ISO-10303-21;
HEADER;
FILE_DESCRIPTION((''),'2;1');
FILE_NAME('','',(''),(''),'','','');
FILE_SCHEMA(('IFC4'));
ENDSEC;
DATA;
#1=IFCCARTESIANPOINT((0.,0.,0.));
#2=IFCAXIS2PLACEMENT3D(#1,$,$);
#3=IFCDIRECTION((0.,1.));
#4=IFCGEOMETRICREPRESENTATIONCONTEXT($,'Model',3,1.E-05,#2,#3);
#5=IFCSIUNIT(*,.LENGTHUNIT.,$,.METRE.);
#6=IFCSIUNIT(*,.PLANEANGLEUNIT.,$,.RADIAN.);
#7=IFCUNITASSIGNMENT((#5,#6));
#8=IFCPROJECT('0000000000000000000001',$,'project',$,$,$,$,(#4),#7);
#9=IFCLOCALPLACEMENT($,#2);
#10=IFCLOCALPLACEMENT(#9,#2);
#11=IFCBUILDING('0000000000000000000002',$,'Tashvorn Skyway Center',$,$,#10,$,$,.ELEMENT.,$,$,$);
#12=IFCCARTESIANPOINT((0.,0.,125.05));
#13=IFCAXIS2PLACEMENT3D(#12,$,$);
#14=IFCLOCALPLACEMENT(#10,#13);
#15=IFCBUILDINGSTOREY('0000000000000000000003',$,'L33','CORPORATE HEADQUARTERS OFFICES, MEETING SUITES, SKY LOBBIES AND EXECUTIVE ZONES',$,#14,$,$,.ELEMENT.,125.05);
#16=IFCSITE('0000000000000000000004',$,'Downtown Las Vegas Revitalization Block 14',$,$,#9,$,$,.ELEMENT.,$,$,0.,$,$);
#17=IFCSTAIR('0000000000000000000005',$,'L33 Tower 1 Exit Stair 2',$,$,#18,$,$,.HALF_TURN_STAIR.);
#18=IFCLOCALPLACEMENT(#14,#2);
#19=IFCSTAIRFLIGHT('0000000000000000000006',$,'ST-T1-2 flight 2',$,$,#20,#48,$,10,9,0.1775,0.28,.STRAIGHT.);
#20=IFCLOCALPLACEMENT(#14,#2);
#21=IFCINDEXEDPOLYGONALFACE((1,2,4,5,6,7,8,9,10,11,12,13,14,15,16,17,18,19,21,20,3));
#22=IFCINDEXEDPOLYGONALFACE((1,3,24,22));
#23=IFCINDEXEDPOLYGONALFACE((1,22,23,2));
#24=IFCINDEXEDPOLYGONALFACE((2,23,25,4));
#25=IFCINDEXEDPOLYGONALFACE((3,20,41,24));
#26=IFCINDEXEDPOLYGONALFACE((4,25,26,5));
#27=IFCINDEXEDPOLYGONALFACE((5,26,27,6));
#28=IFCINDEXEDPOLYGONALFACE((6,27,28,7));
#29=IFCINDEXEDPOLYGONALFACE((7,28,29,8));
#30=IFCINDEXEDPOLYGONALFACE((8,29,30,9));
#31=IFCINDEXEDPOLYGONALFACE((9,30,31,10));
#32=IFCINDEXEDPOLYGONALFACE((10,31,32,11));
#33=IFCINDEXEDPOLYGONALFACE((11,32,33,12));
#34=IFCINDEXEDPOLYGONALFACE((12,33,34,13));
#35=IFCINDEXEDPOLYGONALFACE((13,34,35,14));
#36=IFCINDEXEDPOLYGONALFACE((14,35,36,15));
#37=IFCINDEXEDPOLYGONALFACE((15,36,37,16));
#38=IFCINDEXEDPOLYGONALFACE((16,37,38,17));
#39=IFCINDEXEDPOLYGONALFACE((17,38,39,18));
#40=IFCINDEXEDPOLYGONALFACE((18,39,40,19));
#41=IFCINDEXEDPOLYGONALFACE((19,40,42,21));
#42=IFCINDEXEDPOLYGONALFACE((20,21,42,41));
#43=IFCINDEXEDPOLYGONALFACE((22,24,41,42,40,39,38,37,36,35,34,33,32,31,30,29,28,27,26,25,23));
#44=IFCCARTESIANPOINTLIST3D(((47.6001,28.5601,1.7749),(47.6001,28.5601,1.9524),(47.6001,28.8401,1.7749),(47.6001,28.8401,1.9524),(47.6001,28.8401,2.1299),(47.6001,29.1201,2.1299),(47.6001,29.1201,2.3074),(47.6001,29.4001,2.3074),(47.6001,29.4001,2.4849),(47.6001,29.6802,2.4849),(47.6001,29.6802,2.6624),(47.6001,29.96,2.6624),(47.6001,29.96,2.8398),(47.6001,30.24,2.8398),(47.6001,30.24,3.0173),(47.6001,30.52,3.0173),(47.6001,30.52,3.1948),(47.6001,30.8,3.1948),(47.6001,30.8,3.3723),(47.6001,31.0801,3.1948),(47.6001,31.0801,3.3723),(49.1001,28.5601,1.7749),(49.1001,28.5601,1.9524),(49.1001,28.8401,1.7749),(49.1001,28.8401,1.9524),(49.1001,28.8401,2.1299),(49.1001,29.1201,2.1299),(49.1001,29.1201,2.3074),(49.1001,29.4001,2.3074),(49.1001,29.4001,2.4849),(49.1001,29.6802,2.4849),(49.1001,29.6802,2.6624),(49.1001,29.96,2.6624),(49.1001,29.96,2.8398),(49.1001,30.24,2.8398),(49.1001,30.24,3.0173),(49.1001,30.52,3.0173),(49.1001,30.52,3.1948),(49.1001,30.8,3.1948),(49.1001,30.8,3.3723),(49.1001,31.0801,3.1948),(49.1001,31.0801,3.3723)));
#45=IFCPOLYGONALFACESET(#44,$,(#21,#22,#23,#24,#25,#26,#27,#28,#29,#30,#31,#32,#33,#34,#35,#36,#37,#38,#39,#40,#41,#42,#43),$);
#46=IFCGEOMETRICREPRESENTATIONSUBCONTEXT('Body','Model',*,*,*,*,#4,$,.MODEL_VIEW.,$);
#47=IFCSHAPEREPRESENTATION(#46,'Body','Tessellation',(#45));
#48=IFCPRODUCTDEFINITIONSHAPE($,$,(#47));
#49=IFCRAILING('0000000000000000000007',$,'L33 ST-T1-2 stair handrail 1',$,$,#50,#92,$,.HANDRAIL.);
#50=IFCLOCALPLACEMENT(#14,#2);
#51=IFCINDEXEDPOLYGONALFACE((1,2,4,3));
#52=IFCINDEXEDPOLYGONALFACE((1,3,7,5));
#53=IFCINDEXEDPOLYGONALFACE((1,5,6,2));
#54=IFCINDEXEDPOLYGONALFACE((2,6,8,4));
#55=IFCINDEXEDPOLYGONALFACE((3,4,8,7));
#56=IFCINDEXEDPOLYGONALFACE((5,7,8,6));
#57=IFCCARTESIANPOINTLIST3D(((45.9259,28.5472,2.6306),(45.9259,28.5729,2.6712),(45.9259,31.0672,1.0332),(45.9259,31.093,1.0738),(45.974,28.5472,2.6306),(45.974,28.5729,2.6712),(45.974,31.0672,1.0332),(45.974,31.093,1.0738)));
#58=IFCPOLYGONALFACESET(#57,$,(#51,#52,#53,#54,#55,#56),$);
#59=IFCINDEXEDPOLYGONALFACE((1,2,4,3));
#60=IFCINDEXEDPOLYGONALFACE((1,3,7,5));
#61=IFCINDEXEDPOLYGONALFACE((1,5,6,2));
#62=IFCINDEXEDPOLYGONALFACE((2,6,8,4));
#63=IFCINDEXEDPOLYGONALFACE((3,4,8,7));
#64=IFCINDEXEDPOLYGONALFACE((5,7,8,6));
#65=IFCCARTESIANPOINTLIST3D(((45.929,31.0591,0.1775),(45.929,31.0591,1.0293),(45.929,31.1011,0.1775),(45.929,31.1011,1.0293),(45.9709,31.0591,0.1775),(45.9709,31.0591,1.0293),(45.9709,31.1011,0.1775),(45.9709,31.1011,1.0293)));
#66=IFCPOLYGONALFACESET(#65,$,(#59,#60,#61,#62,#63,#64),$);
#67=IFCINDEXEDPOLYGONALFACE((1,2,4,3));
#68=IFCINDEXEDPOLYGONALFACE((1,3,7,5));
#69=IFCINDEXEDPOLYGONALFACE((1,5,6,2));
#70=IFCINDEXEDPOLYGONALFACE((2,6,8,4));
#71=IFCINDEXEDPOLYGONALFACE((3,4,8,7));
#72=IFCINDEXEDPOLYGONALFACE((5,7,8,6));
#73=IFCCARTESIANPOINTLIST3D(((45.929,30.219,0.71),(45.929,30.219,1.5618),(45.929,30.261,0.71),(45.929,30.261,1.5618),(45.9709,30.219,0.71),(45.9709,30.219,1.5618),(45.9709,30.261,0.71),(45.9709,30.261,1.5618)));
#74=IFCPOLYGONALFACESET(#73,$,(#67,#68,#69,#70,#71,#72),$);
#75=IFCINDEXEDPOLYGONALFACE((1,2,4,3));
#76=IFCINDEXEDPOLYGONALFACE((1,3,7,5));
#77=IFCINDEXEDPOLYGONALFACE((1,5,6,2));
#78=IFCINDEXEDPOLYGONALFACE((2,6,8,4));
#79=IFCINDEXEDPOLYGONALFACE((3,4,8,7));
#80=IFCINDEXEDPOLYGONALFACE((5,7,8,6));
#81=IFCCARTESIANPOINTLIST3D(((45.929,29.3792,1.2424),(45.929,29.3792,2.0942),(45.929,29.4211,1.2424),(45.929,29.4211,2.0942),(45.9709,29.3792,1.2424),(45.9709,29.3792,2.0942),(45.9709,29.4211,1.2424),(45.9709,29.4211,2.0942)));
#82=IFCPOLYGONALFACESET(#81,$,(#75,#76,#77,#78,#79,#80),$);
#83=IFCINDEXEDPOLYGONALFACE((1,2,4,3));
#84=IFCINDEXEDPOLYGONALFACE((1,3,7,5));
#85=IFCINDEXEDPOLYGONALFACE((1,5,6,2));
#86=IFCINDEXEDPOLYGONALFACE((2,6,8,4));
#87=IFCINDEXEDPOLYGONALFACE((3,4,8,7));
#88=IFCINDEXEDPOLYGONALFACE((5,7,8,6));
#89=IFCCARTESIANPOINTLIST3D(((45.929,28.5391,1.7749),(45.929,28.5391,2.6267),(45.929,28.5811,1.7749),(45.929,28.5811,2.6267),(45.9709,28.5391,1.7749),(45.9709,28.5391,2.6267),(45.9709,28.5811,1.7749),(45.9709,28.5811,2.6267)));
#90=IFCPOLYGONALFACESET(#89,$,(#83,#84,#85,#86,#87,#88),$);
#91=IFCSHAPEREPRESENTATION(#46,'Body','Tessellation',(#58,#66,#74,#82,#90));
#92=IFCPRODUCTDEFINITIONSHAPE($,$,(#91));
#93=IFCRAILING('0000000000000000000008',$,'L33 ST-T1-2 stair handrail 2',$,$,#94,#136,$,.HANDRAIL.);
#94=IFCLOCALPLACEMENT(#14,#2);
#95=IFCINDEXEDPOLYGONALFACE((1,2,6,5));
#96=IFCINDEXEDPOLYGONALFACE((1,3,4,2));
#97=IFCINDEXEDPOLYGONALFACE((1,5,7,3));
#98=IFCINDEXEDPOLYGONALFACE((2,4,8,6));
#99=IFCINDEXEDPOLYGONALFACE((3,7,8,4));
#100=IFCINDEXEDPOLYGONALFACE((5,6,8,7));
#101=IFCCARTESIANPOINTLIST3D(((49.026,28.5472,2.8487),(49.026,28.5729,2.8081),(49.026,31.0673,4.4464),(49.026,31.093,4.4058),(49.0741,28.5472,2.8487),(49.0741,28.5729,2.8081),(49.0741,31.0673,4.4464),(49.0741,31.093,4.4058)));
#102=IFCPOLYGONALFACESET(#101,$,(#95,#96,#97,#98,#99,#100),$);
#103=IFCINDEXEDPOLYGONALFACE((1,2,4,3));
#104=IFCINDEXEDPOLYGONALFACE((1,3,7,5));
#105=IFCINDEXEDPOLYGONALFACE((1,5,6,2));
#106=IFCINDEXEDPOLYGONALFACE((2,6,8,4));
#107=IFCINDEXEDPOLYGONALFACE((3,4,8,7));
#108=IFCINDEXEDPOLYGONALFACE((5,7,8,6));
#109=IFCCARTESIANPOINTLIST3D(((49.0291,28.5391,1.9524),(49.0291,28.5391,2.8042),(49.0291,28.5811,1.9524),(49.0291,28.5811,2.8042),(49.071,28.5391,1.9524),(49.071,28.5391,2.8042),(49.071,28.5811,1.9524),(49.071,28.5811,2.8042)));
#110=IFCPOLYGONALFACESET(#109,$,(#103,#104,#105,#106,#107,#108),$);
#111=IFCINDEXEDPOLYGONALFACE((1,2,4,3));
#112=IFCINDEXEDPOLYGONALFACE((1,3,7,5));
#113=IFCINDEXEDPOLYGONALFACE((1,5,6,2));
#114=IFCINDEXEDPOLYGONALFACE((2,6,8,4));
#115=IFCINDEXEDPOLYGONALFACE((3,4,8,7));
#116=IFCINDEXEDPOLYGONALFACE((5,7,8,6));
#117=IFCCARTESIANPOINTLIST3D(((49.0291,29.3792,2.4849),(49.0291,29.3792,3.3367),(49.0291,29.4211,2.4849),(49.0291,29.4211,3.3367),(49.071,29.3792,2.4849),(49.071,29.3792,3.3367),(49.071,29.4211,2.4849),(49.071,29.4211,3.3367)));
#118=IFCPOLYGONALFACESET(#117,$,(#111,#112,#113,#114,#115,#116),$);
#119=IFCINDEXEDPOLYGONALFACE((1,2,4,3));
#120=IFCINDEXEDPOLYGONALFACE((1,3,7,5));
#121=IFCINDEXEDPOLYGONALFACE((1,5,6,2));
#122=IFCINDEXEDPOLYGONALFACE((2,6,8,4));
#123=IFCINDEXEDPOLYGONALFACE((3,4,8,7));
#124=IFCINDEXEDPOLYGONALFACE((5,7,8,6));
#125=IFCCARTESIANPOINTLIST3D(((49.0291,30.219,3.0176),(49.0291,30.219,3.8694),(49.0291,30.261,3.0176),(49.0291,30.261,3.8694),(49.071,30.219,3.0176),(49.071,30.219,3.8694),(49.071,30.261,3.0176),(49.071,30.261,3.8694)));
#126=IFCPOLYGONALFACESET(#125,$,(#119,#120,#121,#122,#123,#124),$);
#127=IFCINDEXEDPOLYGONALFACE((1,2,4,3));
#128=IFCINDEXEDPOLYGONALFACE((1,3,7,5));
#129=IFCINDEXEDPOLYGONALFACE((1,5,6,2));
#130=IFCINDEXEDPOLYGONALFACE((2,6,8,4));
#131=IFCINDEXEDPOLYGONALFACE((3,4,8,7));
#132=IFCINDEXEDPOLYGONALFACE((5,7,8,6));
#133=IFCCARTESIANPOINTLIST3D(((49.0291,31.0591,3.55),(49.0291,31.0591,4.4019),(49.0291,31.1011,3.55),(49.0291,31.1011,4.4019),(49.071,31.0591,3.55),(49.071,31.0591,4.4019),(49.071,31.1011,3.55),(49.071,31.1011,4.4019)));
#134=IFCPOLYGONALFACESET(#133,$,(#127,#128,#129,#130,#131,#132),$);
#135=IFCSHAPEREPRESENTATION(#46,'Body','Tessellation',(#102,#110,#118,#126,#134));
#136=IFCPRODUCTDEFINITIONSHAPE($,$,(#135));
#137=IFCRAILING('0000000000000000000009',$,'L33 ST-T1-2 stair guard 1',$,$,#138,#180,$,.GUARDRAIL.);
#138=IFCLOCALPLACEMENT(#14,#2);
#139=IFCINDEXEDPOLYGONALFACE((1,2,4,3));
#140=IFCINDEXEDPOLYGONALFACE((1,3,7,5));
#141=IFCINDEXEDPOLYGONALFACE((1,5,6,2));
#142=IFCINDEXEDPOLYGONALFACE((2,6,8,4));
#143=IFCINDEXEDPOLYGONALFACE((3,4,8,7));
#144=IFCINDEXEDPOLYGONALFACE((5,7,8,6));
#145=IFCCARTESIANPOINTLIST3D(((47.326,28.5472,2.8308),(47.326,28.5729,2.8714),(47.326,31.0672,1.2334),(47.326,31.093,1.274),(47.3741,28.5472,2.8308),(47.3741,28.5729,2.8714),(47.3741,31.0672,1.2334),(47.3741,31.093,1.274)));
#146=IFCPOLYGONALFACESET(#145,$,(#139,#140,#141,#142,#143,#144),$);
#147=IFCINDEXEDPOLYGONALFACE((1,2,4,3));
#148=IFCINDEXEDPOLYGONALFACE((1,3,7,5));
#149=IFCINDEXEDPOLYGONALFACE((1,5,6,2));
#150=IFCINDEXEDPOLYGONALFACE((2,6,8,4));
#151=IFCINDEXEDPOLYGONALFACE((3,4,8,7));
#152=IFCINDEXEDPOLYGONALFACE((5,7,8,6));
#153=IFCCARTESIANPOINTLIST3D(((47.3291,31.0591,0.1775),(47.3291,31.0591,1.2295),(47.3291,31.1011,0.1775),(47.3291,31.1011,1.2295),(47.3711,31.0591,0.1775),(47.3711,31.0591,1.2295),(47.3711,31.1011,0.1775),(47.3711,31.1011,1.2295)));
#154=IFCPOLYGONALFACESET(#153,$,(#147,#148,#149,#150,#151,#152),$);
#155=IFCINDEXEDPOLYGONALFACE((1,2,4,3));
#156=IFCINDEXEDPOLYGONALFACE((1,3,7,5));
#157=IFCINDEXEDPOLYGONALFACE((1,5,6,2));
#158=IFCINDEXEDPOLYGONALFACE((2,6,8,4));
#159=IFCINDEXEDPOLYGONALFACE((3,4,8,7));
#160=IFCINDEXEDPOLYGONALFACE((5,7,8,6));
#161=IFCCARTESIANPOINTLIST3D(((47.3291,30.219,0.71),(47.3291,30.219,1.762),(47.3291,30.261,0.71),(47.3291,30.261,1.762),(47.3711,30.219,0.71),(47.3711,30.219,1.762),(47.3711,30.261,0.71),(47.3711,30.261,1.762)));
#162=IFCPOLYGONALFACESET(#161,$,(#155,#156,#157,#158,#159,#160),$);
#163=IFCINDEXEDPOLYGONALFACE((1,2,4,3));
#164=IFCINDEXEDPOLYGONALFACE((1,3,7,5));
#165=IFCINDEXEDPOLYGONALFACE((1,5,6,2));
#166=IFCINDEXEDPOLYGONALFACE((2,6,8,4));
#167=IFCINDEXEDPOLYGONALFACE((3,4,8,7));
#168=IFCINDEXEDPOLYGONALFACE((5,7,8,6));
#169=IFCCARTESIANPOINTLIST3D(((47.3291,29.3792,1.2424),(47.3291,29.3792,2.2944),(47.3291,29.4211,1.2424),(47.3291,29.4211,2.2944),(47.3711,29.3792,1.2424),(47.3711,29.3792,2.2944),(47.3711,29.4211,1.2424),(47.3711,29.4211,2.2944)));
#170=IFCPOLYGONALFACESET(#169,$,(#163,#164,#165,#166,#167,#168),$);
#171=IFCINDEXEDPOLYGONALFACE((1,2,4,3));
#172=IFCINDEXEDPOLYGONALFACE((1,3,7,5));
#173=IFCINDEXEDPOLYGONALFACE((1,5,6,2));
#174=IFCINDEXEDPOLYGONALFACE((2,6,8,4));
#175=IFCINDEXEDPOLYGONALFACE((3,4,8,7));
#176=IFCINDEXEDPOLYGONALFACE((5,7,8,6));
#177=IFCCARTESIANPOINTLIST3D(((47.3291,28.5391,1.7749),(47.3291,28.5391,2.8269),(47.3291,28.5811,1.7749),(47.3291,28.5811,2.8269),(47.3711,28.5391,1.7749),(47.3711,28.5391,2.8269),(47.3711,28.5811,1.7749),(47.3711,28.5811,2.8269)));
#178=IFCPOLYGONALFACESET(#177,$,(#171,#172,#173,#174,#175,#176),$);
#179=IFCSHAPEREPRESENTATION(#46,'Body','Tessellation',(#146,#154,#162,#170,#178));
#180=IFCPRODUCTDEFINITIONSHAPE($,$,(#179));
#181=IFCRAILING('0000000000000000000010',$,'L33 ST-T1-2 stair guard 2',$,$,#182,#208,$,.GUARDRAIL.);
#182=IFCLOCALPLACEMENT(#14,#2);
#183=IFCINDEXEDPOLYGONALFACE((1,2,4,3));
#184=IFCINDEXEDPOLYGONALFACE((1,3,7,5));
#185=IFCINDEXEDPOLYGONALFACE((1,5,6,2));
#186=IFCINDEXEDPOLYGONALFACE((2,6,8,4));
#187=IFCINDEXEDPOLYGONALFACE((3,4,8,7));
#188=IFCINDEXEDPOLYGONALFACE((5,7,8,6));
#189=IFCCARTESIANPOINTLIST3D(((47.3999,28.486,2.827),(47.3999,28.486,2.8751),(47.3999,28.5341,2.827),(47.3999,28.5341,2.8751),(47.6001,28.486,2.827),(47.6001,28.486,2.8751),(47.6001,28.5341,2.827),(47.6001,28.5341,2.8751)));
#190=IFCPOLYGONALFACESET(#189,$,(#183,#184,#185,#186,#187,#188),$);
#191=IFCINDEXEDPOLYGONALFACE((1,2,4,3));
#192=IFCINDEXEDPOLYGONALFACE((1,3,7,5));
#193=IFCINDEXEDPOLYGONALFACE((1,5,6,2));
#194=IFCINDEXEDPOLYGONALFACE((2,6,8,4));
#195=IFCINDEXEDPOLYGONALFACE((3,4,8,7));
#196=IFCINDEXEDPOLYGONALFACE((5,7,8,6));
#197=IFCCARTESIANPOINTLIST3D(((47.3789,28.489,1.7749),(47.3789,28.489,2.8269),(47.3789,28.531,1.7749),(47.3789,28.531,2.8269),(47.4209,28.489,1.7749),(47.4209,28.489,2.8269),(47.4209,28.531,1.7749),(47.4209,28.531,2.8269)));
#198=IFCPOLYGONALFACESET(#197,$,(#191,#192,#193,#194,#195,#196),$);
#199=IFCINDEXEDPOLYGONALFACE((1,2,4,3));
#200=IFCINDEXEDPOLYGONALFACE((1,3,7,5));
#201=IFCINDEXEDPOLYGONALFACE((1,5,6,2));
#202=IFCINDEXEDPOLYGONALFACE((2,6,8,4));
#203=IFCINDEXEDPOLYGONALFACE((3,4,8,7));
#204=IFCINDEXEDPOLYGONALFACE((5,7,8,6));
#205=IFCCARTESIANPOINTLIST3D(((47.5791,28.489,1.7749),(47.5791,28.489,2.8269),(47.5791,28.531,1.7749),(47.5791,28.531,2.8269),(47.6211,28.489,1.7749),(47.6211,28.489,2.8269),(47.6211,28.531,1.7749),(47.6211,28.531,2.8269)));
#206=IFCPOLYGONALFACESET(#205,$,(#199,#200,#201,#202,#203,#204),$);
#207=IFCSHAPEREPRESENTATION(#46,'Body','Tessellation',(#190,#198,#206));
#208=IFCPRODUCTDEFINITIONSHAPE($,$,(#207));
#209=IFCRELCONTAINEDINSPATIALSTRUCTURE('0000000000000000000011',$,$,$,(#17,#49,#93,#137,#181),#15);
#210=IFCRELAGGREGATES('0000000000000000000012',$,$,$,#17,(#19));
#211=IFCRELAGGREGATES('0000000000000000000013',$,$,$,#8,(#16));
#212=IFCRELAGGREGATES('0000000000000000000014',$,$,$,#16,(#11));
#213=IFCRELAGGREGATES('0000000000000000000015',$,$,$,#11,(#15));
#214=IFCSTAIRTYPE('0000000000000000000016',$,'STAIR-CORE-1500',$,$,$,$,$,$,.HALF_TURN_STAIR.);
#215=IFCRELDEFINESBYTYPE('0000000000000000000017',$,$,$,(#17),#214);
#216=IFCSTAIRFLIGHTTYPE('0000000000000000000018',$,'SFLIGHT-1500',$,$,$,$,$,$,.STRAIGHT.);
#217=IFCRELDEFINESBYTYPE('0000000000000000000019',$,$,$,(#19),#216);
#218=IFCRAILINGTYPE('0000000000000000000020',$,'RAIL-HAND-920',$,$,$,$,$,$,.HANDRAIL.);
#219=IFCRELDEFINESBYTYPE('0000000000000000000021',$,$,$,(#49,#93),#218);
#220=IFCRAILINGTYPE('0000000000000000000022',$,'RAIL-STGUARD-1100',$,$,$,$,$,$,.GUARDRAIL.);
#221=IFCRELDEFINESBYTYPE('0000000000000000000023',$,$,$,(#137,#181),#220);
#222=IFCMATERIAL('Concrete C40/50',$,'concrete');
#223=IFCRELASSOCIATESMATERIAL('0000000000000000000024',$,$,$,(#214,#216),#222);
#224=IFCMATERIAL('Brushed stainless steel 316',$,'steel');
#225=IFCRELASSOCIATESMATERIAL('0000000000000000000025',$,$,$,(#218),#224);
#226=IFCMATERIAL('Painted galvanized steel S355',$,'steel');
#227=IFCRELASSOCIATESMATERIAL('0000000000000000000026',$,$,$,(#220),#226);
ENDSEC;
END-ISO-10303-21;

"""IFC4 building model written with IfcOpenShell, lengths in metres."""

from ifc_helpers import new_model, si_unit, direction, frame, origin, origin_2d, place, context, subcontext, project, spatial, polyline, rectangle, outline, extrude, material, type_object, element, aggregate, save


model = new_model("IFC4")

# Units and contexts
model_context = context("Model", 3, precision=1e-05, world=origin(), true_north=direction((0.0, 1.0)))
body_context = subcontext(model_context, "Body", "Model", "MODEL_VIEW")
ifc_project = project(units=[si_unit("LENGTHUNIT", "METRE"), si_unit("PLANEANGLEUNIT", "RADIAN")], contexts=[model_context])

# Site, building, storey
site_placement = place(None, origin())
site = spatial("IfcSite", under=ifc_project, at=site_placement, Name="Downtown Las Vegas Revitalization Block 14", CompositionType="ELEMENT", RefElevation=0.0)
building_placement = place(site_placement, origin())
building = spatial("IfcBuilding", under=site, at=building_placement, Name="Tashvorn Skyway Center", CompositionType="ELEMENT")
storey_placement = place(building_placement, frame((0.0, 0.0, 125.05)))
storey = spatial("IfcBuildingStorey", under=building, at=storey_placement, Name="L33", Description="CORPORATE HEADQUARTERS OFFICES, MEETING SUITES, SKY LOBBIES AND EXECUTIVE ZONES", CompositionType="ELEMENT", Elevation=125.05)

# Shared definitions
ifc_material_1 = material(Name="Concrete C40/50", Category="concrete")

# Stair, stair flight
stair_type = type_object("IfcStairType", Name="STAIR-CORE-1500", PredefinedType="HALF_TURN_STAIR", material=ifc_material_1)
stair_placement = place(storey_placement, origin())
stair = element("IfcStair", 1, at=stair_placement, inside=storey, type_object=stair_type, Name="L33 Tower 1 Exit Stair 2", PredefinedType="HALF_TURN_STAIR")
stair_flight_type = type_object("IfcStairFlightType", Name="SFLIGHT-1500", PredefinedType="STRAIGHT", material=ifc_material_1)
stair_flight_1_placement = place(storey_placement, frame((48.3501, 28.5601, 1.7749), z_axis=(0.0, 0.0, 1.0), x_axis=(0.0, 1.0, 0.0)))
stair_flight_1 = element("IfcStairFlight", 2, at=stair_flight_1_placement, type_object=stair_flight_type, Name="ST-T1-2 flight 2", NumberOfRisers=10, NumberOfTreads=9, PredefinedType="STRAIGHT", RiserHeight=0.1775, TreadLength=0.28, context=body_context, shape_type="SweptSolid", body=[
    extrude(outline(polyline([(0.0, 0.0), (0.0, 0.1775), (0.28, 0.1775), (0.28, 0.355), (0.5601, 0.355), (0.5601, 0.5325), (0.8401, 0.5325), (0.8401, 0.71), (1.1201, 0.71), (1.1201, 0.8875), (1.3999, 0.8875), (1.3999, 1.0649), (1.6799, 1.0649), (1.6799, 1.2424), (1.96, 1.2424), (1.96, 1.4199), (2.24, 1.4199), (2.24, 1.5974), (2.52, 1.5974), (2.52, 1.7749), (2.52, 1.4199), (0.28, 0.0), (0.0, 0.0)])), frame((0.0, 0.75, 0.0), z_axis=(0.0, -1.0, 0.0), x_axis=(1.0, 0.0, 0.0)), (0.0, 0.0, 1.0), 1.5),
])
aggregate(stair, [stair_flight_1])

# Railings
ifc_material_2 = material(Name="Brushed stainless steel 316", Category="steel")
railing_type_1 = type_object("IfcRailingType", Name="RAIL-HAND-920", PredefinedType="HANDRAIL", material=ifc_material_2)
railing_1_placement = place(storey_placement, frame((45.95, 31.0801, 0.1775)))
element("IfcRailing", 3, at=railing_1_placement, inside=storey, type_object=railing_type_1, Name="L33 ST-T1-2 stair handrail 1", PredefinedType="HANDRAIL", context=body_context, shape_type="SweptSolid", body=[
    extrude(rectangle(XDim=0.0481, YDim=0.0481, at=origin_2d()), frame((0.0, 0.0, 0.876), z_axis=(0.0, -0.844607, 0.535387), x_axis=(1.0, 0.0, 0.0)), (0.0, 0.0, 1.0), 2.9836),
    extrude(rectangle(XDim=0.042, YDim=0.042, at=origin_2d()), origin(), (0.0, 0.0, 1.0), 0.8518),
    extrude(rectangle(XDim=0.042, YDim=0.042, at=origin_2d()), frame((0.0, -0.8401, 0.5325)), (0.0, 0.0, 1.0), 0.8518),
    extrude(rectangle(XDim=0.042, YDim=0.042, at=origin_2d()), frame((0.0, -1.6799, 1.0649)), (0.0, 0.0, 1.0), 0.8518),
    extrude(rectangle(XDim=0.042, YDim=0.042, at=origin_2d()), frame((0.0, -2.52, 1.5974)), (0.0, 0.0, 1.0), 0.8518),
])
railing_2_placement = place(storey_placement, frame((49.05, 28.5601, 1.9524)))
element("IfcRailing", 4, at=railing_2_placement, inside=storey, type_object=railing_type_1, Name="L33 ST-T1-2 stair handrail 2", PredefinedType="HANDRAIL", context=body_context, shape_type="SweptSolid", body=[
    extrude(rectangle(XDim=0.0481, YDim=0.0481, at=origin_2d()), frame((0.0, 0.0, 0.876), z_axis=(0.0, 0.84457, 0.535445), x_axis=(-1.0, 0.0, 0.0)), (0.0, 0.0, 1.0), 2.9839),
    extrude(rectangle(XDim=0.042, YDim=0.042, at=origin_2d()), origin(), (0.0, 0.0, 1.0), 0.8518),
    extrude(rectangle(XDim=0.042, YDim=0.042, at=origin_2d()), frame((0.0, 0.8401, 0.5325)), (0.0, 0.0, 1.0), 0.8518),
    extrude(rectangle(XDim=0.042, YDim=0.042, at=origin_2d()), frame((0.0, 1.6799, 1.0652)), (0.0, 0.0, 1.0), 0.8518),
    extrude(rectangle(XDim=0.042, YDim=0.042, at=origin_2d()), frame((0.0, 2.52, 1.5977)), (0.0, 0.0, 1.0), 0.8518),
])
ifc_material_3 = material(Name="Painted galvanized steel S355", Category="steel")
railing_type_2 = type_object("IfcRailingType", Name="RAIL-STGUARD-1100", PredefinedType="GUARDRAIL", material=ifc_material_3)
railing_3_placement = place(storey_placement, frame((47.3501, 31.0801, 0.1775)))
element("IfcRailing", 5, at=railing_3_placement, inside=storey, type_object=railing_type_2, Name="L33 ST-T1-2 stair guard 1", PredefinedType="GUARDRAIL", context=body_context, shape_type="SweptSolid", body=[
    extrude(rectangle(XDim=0.0481, YDim=0.0481, at=origin_2d()), frame((0.0, 0.0, 1.0762), z_axis=(0.0, -0.844607, 0.535387), x_axis=(1.0, 0.0, 0.0)), (0.0, 0.0, 1.0), 2.9836),
    extrude(rectangle(XDim=0.042, YDim=0.042, at=origin_2d()), origin(), (0.0, 0.0, 1.0), 1.052),
    extrude(rectangle(XDim=0.042, YDim=0.042, at=origin_2d()), frame((0.0, -0.8401, 0.5325)), (0.0, 0.0, 1.0), 1.052),
    extrude(rectangle(XDim=0.042, YDim=0.042, at=origin_2d()), frame((0.0, -1.6799, 1.0649)), (0.0, 0.0, 1.0), 1.052),
    extrude(rectangle(XDim=0.042, YDim=0.042, at=origin_2d()), frame((0.0, -2.52, 1.5974)), (0.0, 0.0, 1.0), 1.052),
])
railing_4_placement = place(storey_placement, frame((47.3999, 28.51, 1.7749)))
element("IfcRailing", 6, at=railing_4_placement, inside=storey, type_object=railing_type_2, Name="L33 ST-T1-2 stair guard 2", PredefinedType="GUARDRAIL", context=body_context, shape_type="SweptSolid", body=[
    extrude(rectangle(XDim=0.0481, YDim=0.0481, at=origin_2d()), frame((0.0, 0.0, 1.0762), z_axis=(1.0, 0.0, 0.0), x_axis=(0.0, 1.0, 0.0)), (0.0, 0.0, 1.0), 0.2002),
    extrude(rectangle(XDim=0.042, YDim=0.042, at=origin_2d()), origin(), (0.0, 0.0, 1.0), 1.052),
    extrude(rectangle(XDim=0.042, YDim=0.042, at=origin_2d()), frame((0.2002, 0.0, 0.0)), (0.0, 0.0, 1.0), 1.052),
])

save(model, "model.ifc")
